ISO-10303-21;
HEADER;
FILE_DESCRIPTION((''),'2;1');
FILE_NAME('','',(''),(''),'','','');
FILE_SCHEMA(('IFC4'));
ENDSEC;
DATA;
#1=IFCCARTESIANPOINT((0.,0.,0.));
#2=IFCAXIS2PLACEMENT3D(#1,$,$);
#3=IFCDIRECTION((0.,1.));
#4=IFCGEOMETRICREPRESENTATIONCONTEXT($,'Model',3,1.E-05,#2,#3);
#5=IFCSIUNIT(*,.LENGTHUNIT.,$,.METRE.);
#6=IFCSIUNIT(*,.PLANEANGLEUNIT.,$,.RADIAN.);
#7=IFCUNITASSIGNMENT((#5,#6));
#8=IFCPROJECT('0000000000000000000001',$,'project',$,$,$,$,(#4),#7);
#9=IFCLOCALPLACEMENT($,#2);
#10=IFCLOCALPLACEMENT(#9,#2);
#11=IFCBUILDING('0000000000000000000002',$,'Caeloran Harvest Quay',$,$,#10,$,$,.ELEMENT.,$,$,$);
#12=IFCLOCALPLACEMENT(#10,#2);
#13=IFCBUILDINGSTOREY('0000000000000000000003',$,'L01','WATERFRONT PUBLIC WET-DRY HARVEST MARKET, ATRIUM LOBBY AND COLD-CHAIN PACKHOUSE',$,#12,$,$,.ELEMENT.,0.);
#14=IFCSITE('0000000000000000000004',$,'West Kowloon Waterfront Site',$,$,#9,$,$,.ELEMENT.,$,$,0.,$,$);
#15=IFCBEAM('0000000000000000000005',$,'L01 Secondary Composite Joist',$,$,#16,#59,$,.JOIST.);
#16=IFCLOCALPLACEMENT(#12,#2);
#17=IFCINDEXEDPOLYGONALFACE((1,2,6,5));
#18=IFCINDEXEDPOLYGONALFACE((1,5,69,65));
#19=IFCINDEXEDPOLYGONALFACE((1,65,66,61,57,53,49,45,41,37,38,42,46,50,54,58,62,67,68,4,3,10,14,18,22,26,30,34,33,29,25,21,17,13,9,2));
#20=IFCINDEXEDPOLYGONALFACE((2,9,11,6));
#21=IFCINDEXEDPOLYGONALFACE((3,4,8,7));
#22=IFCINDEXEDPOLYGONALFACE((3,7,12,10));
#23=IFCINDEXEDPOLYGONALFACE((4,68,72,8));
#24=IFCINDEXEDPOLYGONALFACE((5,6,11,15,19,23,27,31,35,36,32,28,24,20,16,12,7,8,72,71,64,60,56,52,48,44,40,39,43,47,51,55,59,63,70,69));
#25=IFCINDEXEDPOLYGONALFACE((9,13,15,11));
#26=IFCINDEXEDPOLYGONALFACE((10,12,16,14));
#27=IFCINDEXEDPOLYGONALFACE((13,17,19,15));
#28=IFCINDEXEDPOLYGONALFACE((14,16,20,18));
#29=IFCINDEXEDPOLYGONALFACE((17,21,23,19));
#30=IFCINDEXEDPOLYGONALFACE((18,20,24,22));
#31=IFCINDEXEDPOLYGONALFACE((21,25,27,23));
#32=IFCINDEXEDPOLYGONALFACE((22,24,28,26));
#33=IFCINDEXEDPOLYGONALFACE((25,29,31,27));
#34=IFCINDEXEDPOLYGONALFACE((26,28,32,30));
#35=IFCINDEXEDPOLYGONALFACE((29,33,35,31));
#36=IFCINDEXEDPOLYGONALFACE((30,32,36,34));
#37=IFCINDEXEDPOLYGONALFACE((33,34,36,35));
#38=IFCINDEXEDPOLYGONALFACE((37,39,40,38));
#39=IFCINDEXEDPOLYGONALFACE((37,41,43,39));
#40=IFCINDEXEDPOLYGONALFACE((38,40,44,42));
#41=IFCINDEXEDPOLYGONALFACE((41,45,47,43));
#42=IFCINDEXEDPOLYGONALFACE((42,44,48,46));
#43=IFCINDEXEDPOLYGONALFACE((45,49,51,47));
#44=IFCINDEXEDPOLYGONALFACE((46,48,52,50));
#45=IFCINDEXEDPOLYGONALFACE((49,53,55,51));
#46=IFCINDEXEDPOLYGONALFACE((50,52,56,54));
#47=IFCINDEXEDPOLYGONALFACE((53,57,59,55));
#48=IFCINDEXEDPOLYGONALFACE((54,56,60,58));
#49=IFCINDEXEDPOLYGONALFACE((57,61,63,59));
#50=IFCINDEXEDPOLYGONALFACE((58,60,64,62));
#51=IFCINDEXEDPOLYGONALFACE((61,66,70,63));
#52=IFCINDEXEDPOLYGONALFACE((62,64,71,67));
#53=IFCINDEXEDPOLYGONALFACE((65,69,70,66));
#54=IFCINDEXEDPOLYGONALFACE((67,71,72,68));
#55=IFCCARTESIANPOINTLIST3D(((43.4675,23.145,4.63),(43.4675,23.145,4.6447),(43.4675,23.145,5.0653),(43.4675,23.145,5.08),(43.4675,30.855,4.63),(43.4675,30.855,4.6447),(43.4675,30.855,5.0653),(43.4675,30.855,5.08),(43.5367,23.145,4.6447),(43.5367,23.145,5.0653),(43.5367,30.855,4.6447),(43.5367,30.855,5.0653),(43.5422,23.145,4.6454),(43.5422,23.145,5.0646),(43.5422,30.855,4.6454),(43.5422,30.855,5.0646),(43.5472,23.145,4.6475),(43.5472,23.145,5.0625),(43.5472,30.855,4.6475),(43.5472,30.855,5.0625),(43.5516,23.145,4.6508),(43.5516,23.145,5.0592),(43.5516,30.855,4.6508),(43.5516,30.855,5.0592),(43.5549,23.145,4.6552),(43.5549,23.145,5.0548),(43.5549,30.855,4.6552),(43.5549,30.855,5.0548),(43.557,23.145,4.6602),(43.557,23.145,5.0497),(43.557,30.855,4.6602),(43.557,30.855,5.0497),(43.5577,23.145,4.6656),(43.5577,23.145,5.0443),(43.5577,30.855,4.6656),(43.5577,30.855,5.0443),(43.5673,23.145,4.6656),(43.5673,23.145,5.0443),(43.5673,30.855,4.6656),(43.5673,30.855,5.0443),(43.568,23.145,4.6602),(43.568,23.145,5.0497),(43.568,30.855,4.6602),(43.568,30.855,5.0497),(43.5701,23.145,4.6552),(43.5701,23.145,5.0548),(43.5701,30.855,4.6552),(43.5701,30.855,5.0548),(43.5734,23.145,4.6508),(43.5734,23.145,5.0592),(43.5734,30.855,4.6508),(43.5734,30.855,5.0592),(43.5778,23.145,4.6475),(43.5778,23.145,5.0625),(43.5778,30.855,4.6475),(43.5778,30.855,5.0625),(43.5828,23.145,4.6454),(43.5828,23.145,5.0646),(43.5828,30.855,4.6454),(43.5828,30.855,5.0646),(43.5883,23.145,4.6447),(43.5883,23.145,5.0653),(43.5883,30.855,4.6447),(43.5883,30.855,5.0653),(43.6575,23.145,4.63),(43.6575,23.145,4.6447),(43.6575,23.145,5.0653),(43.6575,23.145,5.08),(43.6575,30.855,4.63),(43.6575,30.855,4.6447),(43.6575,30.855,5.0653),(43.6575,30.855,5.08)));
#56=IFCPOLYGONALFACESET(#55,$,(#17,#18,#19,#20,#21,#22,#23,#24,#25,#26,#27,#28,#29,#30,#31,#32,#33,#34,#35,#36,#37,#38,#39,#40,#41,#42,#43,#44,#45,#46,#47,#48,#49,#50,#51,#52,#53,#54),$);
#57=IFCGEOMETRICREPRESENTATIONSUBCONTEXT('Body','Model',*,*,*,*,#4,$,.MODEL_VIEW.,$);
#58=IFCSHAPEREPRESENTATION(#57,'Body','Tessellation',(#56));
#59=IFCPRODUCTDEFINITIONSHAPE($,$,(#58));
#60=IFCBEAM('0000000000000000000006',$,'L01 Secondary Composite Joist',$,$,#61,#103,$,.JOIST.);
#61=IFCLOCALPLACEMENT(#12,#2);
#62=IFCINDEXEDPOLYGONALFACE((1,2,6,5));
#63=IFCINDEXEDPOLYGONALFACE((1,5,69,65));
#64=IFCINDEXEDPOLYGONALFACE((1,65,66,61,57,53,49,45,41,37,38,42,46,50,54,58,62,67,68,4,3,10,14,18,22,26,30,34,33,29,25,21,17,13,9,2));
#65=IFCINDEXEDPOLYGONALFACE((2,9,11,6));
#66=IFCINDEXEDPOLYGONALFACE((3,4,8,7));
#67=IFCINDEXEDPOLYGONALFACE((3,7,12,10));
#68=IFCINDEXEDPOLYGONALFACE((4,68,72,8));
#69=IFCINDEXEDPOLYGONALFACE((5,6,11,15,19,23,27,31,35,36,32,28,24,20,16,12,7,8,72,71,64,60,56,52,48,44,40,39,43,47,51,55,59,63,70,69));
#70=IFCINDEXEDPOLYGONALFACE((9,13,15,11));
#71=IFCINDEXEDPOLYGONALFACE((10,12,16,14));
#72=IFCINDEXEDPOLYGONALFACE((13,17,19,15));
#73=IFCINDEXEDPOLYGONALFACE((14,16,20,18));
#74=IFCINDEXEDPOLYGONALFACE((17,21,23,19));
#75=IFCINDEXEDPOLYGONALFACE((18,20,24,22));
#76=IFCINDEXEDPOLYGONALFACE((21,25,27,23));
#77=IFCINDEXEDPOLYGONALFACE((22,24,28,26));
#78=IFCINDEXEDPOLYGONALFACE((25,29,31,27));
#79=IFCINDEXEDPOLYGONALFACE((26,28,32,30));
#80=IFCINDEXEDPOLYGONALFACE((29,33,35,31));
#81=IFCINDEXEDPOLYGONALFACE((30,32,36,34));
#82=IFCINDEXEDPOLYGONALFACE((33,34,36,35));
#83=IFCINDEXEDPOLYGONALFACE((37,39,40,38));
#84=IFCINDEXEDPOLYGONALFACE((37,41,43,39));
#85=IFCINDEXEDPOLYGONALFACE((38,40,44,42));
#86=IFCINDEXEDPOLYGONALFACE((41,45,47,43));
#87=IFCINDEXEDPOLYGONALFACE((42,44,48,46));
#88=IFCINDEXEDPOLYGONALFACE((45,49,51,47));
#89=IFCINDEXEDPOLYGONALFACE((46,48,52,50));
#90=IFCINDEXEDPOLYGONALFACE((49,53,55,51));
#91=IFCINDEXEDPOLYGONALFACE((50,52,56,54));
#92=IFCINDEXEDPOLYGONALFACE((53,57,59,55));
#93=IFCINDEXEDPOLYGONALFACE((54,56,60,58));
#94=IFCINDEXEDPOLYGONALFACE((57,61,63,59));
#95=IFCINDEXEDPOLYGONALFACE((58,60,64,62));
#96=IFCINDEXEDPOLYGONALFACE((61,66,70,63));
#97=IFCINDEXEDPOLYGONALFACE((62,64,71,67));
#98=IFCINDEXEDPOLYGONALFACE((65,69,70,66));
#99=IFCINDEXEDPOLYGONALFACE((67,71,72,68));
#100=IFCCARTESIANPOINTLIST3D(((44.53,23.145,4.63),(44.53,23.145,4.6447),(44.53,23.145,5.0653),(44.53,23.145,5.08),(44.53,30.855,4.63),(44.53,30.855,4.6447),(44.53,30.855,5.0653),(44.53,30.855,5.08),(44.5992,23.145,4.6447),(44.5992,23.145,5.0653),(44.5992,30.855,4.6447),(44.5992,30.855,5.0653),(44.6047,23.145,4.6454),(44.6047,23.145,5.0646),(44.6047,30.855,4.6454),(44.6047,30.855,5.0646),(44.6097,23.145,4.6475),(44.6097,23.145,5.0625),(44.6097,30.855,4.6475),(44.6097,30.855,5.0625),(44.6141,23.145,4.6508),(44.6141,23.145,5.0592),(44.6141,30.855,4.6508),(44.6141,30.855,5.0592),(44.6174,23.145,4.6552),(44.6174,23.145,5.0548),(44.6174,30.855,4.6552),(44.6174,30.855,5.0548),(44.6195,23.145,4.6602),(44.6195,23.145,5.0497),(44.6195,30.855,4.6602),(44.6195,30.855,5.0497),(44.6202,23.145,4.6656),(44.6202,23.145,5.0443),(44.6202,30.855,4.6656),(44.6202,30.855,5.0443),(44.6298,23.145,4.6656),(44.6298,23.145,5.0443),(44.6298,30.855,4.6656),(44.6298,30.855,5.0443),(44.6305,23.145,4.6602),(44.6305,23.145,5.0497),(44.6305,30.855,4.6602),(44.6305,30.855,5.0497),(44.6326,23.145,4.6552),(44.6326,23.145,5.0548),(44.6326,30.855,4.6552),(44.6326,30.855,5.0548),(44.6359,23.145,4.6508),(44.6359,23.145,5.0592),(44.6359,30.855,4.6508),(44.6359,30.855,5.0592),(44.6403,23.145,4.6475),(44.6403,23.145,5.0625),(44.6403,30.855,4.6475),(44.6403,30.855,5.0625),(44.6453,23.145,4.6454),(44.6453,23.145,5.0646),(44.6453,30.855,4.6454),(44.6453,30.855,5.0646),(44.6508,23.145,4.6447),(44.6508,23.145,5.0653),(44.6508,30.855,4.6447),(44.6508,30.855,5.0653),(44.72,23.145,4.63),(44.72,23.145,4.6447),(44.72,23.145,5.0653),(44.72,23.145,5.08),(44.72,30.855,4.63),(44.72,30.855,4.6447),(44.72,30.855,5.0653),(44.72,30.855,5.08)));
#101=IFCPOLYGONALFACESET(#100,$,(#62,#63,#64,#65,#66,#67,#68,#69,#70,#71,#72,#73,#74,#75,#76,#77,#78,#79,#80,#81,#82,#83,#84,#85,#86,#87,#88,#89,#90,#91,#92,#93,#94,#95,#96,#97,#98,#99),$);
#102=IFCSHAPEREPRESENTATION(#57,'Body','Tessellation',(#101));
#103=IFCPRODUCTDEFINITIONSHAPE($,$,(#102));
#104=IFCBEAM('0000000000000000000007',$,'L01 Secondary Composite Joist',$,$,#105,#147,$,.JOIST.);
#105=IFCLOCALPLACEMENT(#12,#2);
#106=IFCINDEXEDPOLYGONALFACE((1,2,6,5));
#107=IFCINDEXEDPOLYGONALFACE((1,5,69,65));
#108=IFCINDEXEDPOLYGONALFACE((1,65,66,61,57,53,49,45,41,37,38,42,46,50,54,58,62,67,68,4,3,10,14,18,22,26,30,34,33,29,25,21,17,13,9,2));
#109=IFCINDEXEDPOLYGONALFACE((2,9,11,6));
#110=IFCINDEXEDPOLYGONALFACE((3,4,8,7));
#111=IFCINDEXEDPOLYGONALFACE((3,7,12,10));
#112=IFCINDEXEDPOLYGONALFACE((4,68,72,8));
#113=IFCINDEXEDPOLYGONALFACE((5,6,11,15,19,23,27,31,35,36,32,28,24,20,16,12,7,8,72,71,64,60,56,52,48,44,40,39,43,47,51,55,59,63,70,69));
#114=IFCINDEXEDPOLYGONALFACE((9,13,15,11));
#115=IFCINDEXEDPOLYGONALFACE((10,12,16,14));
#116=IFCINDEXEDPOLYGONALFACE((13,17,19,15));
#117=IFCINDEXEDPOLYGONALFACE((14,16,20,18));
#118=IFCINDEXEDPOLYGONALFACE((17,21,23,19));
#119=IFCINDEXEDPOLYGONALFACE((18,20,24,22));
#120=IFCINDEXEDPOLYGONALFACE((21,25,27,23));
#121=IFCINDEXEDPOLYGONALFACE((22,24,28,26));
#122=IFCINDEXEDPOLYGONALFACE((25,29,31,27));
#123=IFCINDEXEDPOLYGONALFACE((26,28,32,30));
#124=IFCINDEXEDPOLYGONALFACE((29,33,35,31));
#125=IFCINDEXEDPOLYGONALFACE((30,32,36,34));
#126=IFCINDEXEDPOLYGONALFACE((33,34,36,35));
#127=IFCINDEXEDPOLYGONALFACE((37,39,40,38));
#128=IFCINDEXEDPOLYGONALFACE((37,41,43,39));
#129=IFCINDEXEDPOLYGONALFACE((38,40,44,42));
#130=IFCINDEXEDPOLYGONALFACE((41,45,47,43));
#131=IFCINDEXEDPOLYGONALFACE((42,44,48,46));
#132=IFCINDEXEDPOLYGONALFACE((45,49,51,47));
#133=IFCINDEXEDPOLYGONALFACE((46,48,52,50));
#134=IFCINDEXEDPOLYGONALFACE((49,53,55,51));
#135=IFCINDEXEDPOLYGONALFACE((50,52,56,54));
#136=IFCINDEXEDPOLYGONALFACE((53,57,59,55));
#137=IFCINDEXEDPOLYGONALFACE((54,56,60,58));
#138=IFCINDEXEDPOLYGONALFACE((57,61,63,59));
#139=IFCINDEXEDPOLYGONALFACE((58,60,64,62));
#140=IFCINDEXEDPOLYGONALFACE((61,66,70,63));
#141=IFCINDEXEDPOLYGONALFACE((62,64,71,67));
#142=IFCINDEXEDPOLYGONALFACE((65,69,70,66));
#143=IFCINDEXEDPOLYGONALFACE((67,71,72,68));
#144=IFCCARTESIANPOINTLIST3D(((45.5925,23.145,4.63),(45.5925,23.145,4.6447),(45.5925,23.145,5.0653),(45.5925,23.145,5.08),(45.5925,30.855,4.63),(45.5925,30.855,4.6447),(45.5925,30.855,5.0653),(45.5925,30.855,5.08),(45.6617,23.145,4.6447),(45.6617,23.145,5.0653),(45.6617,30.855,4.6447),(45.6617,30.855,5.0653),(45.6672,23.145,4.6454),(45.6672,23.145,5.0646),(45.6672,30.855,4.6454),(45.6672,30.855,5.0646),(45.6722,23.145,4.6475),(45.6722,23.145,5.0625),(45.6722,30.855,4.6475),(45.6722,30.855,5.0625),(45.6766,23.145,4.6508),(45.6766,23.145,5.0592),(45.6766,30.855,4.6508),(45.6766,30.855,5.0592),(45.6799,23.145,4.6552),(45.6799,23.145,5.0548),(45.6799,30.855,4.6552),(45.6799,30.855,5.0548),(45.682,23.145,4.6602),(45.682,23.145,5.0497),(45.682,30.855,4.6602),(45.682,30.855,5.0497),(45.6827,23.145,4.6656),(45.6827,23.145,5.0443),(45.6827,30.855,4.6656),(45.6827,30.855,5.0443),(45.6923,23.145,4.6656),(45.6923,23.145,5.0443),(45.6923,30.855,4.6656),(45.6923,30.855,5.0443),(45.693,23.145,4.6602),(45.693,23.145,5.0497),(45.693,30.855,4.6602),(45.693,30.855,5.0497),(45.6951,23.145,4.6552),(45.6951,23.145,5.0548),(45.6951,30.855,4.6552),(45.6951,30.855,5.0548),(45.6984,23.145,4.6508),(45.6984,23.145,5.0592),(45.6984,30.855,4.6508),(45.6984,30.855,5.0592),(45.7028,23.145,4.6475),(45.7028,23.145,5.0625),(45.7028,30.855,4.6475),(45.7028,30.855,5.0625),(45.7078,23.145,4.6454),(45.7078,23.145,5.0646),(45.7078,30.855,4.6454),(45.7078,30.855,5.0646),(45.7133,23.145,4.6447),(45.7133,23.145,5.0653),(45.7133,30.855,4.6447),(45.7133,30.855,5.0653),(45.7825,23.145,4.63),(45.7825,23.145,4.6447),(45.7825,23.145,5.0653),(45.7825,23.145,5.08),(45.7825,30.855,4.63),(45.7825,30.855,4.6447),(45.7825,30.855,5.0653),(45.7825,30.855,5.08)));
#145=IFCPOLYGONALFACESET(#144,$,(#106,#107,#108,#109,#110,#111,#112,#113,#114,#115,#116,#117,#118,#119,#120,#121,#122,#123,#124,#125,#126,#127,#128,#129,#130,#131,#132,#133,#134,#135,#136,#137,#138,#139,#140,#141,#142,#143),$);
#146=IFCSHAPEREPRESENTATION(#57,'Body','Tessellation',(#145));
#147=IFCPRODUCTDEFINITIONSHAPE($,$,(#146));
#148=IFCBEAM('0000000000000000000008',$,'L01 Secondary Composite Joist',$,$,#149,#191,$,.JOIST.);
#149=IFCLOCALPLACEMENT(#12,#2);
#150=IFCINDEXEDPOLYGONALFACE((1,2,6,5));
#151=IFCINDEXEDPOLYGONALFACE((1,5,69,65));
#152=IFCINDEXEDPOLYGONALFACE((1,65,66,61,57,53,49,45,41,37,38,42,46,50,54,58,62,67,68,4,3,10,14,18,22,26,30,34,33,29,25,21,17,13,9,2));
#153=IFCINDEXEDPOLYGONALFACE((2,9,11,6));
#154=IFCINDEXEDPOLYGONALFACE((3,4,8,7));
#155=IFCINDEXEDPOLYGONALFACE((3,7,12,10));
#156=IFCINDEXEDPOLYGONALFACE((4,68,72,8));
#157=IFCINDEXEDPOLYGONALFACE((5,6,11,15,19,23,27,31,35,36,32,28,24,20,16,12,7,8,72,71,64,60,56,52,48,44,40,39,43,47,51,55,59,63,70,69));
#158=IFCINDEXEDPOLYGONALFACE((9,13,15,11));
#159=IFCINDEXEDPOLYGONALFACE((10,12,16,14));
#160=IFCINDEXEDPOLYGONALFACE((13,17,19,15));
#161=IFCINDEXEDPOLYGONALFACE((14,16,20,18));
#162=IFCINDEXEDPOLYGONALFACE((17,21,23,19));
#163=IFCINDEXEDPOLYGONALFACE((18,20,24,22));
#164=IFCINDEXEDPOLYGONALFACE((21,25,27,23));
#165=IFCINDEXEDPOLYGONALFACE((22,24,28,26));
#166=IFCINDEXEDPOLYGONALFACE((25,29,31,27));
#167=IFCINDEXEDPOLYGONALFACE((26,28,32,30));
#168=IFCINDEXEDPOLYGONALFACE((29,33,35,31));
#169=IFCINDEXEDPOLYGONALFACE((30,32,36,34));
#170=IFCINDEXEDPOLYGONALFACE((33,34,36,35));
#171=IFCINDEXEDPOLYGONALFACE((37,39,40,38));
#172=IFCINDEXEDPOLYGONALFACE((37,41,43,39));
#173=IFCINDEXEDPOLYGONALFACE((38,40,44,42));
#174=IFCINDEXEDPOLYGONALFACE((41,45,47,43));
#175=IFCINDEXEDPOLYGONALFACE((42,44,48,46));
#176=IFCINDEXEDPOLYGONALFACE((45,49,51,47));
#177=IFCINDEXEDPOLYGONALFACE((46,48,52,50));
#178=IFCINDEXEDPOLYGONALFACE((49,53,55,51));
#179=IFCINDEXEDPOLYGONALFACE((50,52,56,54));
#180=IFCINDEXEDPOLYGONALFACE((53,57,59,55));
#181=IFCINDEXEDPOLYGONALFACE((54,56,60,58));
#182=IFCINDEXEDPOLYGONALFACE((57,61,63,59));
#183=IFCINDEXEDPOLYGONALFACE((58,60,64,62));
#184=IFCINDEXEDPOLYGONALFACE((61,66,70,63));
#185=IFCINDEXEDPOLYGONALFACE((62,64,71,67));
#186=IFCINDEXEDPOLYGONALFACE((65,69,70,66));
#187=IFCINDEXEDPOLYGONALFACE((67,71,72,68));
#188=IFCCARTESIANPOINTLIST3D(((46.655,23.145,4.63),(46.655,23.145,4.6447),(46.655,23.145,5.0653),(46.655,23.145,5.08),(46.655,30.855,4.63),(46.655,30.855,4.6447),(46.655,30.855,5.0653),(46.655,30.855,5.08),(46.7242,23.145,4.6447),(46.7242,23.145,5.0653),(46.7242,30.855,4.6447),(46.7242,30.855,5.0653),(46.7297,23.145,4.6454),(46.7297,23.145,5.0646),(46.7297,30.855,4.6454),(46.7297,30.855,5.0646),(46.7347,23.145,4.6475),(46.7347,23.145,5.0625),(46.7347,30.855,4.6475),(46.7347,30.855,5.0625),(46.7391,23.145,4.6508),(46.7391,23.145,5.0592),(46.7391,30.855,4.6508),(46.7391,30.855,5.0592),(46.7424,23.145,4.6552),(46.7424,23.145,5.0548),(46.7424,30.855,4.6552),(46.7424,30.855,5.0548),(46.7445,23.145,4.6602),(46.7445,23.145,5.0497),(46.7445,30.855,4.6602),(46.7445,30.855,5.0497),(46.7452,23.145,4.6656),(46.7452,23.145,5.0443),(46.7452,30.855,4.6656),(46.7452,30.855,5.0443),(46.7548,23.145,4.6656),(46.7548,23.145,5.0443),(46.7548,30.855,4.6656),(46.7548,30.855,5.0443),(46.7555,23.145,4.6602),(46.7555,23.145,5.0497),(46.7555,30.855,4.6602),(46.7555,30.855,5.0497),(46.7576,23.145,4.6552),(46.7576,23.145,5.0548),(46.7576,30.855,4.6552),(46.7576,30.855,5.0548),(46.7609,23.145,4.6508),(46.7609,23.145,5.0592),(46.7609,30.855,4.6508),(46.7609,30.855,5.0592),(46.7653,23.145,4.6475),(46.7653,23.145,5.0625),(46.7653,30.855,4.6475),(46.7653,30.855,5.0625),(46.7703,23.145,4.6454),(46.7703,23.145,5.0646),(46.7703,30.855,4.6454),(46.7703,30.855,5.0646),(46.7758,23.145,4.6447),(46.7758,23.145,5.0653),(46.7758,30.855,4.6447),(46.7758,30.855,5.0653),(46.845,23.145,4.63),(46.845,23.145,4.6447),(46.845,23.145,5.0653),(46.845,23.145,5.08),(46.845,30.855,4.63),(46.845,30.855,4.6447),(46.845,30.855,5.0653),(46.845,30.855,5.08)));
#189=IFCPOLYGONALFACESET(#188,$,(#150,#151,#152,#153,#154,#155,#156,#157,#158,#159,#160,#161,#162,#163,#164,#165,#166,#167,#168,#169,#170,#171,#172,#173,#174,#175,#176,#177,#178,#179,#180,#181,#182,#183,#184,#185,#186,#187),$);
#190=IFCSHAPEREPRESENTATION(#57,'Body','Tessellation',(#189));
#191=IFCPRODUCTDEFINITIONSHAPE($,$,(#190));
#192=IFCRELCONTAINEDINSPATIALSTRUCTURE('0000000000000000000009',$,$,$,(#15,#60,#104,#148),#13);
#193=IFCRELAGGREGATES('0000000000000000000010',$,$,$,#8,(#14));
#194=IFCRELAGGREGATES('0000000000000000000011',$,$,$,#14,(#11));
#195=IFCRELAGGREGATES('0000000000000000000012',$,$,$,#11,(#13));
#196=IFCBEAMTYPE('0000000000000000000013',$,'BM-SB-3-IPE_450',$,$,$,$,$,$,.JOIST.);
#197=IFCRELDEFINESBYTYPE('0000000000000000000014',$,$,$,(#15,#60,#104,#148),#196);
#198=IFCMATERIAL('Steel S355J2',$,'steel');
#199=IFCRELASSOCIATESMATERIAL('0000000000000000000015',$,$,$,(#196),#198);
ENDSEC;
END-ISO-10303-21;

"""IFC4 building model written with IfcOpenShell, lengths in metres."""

from ifc_helpers import new_model, si_unit, direction, frame, origin, origin_2d, place, context, subcontext, project, spatial, i_section, extrude, material, material_profile, profile_set, type_object, element, save


model = new_model("IFC4")

# Units and contexts
model_context = context("Model", 3, precision=1e-05, world=origin(), true_north=direction((0.0, 1.0)))
body_context = subcontext(model_context, "Body", "Model", "MODEL_VIEW")
ifc_project = project(units=[si_unit("LENGTHUNIT", "METRE"), si_unit("PLANEANGLEUNIT", "RADIAN")], contexts=[model_context])

# Site, building, storey
site_placement = place(None, origin())
site = spatial("IfcSite", under=ifc_project, at=site_placement, Name="West Kowloon Waterfront Site", CompositionType="ELEMENT", RefElevation=0.0)
building_placement = place(site_placement, origin())
building = spatial("IfcBuilding", under=site, at=building_placement, Name="Caeloran Harvest Quay", CompositionType="ELEMENT")
storey_placement = place(building_placement, origin())
storey = spatial("IfcBuildingStorey", under=building, at=storey_placement, Name="L01", Description="WATERFRONT PUBLIC WET-DRY HARVEST MARKET, ATRIUM LOBBY AND COLD-CHAIN PACKHOUSE", CompositionType="ELEMENT", Elevation=0.0)

# Beams
ifc_material_1 = material(Name="Steel S355J2", Category="steel")
ifc_material_profile_1 = material_profile(ifc_material_1, i_section(OverallWidth=0.1899, OverallDepth=0.45, WebThickness=0.0095, FlangeThickness=0.0146, FilletRadius=0.021, at=origin_2d()), Name="IPE 450")
ifc_profile_set_1 = profile_set([ifc_material_profile_1], Name="Steel S355J2")
beam_type_1 = type_object("IfcBeamType", Name="BM-SB-3-IPE_450", PredefinedType="JOIST", material=ifc_profile_set_1)
for number, where, z_axis, x_axis, name in (
    (1, (43.5625, 23.145, 4.855), (0.0, 1.0, 0.0), (-1.0, 0.0, 0.0), "L01 Secondary Composite Joist"),
    (2, (44.625, 23.145, 4.855), (0.0, 1.0, 0.0), (-1.0, 0.0, 0.0), "L01 Secondary Composite Joist"),
    (3, (45.6875, 23.145, 4.855), (0.0, 1.0, 0.0), (-1.0, 0.0, 0.0), "L01 Secondary Composite Joist"),
    (4, (46.75, 23.145, 4.855), (0.0, 1.0, 0.0), (-1.0, 0.0, 0.0), "L01 Secondary Composite Joist"),
):
    element("IfcBeam", number, at=place(storey_placement, frame(where, z_axis=z_axis, x_axis=x_axis)), inside=storey, type_object=beam_type_1, Name=name, PredefinedType="JOIST", context=body_context, shape_type="SweptSolid", body=[
        extrude(i_section(OverallWidth=0.1899, OverallDepth=0.45, WebThickness=0.0095, FlangeThickness=0.0146, FilletRadius=0.021, at=origin_2d()), origin(), (0.0, 0.0, 1.0), 7.71),
    ])

save(model, "model.ifc")
